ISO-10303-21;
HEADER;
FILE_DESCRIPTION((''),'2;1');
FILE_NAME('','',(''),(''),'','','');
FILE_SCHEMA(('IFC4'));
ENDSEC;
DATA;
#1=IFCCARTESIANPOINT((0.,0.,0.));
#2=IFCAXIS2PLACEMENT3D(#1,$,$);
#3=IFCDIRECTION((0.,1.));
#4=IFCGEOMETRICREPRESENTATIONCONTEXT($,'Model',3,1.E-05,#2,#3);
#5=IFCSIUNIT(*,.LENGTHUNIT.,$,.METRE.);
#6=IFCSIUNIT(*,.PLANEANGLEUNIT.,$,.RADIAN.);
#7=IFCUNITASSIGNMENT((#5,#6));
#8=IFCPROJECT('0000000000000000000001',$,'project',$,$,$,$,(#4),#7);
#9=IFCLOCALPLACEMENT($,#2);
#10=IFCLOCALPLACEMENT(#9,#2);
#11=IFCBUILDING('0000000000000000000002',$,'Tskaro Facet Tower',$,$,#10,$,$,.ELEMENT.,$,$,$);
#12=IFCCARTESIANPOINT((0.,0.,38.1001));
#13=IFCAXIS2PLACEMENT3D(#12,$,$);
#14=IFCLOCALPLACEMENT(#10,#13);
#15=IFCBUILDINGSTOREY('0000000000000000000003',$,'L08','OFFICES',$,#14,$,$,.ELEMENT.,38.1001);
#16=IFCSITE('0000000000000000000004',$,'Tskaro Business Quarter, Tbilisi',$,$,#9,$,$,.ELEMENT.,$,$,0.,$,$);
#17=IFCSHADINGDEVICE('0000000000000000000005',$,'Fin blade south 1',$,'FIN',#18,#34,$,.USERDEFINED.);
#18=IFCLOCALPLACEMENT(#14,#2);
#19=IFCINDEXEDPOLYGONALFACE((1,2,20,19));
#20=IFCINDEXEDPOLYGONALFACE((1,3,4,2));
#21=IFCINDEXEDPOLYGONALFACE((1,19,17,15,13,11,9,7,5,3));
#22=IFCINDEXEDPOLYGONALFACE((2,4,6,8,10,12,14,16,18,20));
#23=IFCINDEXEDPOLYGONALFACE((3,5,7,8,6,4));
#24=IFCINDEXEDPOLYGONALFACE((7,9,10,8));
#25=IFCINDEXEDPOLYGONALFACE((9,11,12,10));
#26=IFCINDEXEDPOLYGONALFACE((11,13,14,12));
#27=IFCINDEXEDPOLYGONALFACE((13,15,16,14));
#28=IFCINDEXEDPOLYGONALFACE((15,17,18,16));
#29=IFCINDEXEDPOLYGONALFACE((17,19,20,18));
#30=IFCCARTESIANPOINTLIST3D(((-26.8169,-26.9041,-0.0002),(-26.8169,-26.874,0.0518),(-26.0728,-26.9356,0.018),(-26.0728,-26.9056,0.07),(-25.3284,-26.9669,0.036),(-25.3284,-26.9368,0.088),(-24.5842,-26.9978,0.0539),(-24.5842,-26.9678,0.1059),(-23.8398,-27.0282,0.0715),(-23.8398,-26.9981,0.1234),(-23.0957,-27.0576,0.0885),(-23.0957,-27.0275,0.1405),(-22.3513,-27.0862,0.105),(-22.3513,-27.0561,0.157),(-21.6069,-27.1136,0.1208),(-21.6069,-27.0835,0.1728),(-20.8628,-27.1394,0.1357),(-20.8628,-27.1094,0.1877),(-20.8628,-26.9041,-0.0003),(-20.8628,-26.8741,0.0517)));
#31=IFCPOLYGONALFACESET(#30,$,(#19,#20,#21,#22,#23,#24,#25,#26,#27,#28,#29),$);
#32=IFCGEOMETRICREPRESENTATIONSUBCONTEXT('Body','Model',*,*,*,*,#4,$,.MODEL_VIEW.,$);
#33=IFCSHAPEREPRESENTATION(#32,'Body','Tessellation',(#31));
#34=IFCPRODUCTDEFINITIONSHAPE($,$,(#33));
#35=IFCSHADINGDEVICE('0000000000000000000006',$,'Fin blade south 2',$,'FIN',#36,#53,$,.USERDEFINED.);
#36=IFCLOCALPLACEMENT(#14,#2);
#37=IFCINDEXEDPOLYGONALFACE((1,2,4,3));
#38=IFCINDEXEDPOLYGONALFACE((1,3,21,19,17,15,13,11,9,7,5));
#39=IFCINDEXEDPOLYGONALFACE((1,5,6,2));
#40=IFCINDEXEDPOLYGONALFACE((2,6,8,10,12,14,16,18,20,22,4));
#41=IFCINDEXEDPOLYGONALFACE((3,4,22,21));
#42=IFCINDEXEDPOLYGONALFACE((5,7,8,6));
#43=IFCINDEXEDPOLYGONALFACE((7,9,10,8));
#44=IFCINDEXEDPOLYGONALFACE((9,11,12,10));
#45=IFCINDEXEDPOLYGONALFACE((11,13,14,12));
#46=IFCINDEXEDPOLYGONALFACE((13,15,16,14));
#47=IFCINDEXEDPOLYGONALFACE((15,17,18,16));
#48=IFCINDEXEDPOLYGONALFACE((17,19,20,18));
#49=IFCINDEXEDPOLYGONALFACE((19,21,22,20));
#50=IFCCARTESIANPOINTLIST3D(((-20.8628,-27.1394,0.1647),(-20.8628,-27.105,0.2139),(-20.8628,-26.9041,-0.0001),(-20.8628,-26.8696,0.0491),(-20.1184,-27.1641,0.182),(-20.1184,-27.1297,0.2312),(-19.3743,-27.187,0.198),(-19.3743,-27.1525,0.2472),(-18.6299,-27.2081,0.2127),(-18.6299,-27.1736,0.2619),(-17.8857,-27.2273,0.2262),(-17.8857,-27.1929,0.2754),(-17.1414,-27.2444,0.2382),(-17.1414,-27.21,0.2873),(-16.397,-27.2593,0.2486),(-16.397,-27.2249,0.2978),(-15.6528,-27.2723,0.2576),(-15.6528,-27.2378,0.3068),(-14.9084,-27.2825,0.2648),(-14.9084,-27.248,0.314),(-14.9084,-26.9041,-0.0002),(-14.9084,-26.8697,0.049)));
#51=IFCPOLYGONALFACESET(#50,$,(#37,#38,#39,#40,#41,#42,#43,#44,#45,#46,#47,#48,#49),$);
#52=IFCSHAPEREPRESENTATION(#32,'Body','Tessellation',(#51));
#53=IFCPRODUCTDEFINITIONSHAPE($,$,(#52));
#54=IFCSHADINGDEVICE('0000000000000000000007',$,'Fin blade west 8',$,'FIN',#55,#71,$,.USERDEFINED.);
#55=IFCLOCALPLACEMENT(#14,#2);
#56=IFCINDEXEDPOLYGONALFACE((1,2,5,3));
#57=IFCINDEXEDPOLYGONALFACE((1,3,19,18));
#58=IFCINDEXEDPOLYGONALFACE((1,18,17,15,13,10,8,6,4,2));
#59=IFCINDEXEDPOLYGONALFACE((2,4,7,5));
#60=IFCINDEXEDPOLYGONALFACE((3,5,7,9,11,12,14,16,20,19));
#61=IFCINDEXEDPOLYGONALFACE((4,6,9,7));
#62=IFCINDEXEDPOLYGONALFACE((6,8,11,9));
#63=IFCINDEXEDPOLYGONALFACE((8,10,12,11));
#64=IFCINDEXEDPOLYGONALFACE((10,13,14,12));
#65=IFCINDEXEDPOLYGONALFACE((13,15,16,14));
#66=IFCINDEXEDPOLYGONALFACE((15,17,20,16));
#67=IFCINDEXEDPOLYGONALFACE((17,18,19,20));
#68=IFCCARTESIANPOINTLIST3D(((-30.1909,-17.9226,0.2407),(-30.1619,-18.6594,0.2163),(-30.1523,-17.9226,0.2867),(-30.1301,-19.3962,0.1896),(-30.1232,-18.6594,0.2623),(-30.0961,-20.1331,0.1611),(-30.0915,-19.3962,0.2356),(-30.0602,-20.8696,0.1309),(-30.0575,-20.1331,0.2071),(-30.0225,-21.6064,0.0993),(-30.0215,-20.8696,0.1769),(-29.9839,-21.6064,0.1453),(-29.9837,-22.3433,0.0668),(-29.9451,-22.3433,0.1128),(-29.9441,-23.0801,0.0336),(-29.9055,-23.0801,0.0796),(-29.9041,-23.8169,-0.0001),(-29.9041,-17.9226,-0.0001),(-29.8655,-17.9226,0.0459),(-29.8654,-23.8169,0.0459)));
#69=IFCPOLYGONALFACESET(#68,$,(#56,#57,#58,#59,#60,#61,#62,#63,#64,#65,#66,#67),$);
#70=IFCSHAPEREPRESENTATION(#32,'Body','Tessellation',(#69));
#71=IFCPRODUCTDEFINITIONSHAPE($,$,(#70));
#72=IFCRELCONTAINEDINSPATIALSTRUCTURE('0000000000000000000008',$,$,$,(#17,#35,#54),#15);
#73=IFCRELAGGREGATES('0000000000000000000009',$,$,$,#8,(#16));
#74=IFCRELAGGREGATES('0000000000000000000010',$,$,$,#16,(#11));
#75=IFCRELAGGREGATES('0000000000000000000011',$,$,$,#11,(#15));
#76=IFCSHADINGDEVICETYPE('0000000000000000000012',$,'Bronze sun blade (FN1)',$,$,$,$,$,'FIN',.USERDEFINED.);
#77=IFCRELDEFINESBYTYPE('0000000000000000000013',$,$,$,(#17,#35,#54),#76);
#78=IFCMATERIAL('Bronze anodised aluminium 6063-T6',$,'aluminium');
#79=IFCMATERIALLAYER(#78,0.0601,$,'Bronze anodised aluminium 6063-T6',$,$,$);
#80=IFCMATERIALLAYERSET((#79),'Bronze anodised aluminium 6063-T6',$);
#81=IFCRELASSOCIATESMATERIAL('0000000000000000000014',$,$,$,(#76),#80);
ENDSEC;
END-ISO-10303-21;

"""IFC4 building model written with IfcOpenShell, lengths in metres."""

from ifc_helpers import new_model, si_unit, direction, frame, origin, place, context, subcontext, project, spatial, polyline, outline, extrude, material, layer, layer_set, type_object, element, save


model = new_model("IFC4")

# Units and contexts
model_context = context("Model", 3, precision=1e-05, world=origin(), true_north=direction((0.0, 1.0)))
body_context = subcontext(model_context, "Body", "Model", "MODEL_VIEW")
ifc_project = project(units=[si_unit("LENGTHUNIT", "METRE"), si_unit("PLANEANGLEUNIT", "RADIAN")], contexts=[model_context])

# Site, building, storey
site_placement = place(None, origin())
site = spatial("IfcSite", under=ifc_project, at=site_placement, Name="Tskaro Business Quarter, Tbilisi", CompositionType="ELEMENT", RefElevation=0.0)
building_placement = place(site_placement, origin())
building = spatial("IfcBuilding", under=site, at=building_placement, Name="Tskaro Facet Tower", CompositionType="ELEMENT")
storey_placement = place(building_placement, frame((0.0, 0.0, 38.1001)))
storey = spatial("IfcBuildingStorey", under=building, at=storey_placement, Name="L08", Description="OFFICES", CompositionType="ELEMENT", Elevation=38.1001)

# Shared definitions
ifc_material_1 = material(Name="Bronze anodised aluminium 6063-T6", Category="aluminium")

# Shading devices
ifc_layer_1 = layer(ifc_material_1, 0.0601, Name="Bronze anodised aluminium 6063-T6")
ifc_layer_set_1 = layer_set([ifc_layer_1], Name="Bronze anodised aluminium 6063-T6")
shading_device_type = type_object("IfcShadingDeviceType", Name="Bronze sun blade (FN1)", ElementType="FIN", PredefinedType="USERDEFINED", material=ifc_layer_set_1)
shading_device_1_placement = place(storey_placement, frame((-26.8169, -26.874, 0.0518), z_axis=(0.000012, 0.500511, 0.86573), x_axis=(1.0, -0.000006, -0.00001)))
element("IfcShadingDevice", 1, at=shading_device_1_placement, inside=storey, type_object=shading_device_type, Name="Fin blade south 1", ObjectType="FIN", PredefinedType="USERDEFINED", context=body_context, shape_type="SweptSolid", body=[
    extrude(outline(polyline([(0.0, 0.0), (5.9541, 0.0), (5.9541, -0.2718), (5.21, -0.242), (4.4656, -0.2103), (3.7212, -0.1773), (2.9771, -0.1433), (2.2327, -0.1083), (1.4885, -0.0725), (0.7441, -0.0364), (0.0, 0.0)])), origin(), (0.0, 0.0, -1.0), 0.0601),
])
shading_device_2_placement = place(storey_placement, frame((-20.8628, -26.8696, 0.0491), z_axis=(0.000006, 0.573573, 0.819154), x_axis=(1.0, -0.000004, -0.000005)))
element("IfcShadingDevice", 2, at=shading_device_2_placement, inside=storey, type_object=shading_device_type, Name="Fin blade south 2", ObjectType="FIN", PredefinedType="USERDEFINED", context=body_context, shape_type="SweptSolid", body=[
    extrude(outline(polyline([(0.0, 0.0), (5.9543, 0.0), (5.9543, -0.4619), (5.21, -0.4495), (4.4658, -0.4337), (3.7214, -0.4155), (2.9771, -0.3946), (2.2329, -0.3711), (1.4885, -0.3454), (0.7444, -0.3175), (0.0, -0.2873), (0.0, 0.0)])), origin(), (0.0, 0.0, -1.0), 0.0601),
])
shading_device_3_placement = place(storey_placement, frame((-29.8655, -17.9226, 0.0459), z_axis=(0.642901, 0.000009, 0.765949), x_axis=(0.000006, -1.0, 0.000007)))
element("IfcShadingDevice", 3, at=shading_device_3_placement, inside=storey, type_object=shading_device_type, Name="Fin blade west 8", ObjectType="FIN", PredefinedType="USERDEFINED", context=body_context, shape_type="SweptSolid", body=[
    extrude(outline(polyline([(0.0, 0.0), (5.8943, 0.0), (5.1575, -0.0523), (4.4207, -0.104), (3.6838, -0.1546), (2.947, -0.2038), (2.2104, -0.2508), (1.4736, -0.2951), (0.7368, -0.3365), (0.0, -0.3745), (0.0, 0.0)])), origin(), (0.0, 0.0, -1.0), 0.0601),
])

save(model, "model.ifc")
